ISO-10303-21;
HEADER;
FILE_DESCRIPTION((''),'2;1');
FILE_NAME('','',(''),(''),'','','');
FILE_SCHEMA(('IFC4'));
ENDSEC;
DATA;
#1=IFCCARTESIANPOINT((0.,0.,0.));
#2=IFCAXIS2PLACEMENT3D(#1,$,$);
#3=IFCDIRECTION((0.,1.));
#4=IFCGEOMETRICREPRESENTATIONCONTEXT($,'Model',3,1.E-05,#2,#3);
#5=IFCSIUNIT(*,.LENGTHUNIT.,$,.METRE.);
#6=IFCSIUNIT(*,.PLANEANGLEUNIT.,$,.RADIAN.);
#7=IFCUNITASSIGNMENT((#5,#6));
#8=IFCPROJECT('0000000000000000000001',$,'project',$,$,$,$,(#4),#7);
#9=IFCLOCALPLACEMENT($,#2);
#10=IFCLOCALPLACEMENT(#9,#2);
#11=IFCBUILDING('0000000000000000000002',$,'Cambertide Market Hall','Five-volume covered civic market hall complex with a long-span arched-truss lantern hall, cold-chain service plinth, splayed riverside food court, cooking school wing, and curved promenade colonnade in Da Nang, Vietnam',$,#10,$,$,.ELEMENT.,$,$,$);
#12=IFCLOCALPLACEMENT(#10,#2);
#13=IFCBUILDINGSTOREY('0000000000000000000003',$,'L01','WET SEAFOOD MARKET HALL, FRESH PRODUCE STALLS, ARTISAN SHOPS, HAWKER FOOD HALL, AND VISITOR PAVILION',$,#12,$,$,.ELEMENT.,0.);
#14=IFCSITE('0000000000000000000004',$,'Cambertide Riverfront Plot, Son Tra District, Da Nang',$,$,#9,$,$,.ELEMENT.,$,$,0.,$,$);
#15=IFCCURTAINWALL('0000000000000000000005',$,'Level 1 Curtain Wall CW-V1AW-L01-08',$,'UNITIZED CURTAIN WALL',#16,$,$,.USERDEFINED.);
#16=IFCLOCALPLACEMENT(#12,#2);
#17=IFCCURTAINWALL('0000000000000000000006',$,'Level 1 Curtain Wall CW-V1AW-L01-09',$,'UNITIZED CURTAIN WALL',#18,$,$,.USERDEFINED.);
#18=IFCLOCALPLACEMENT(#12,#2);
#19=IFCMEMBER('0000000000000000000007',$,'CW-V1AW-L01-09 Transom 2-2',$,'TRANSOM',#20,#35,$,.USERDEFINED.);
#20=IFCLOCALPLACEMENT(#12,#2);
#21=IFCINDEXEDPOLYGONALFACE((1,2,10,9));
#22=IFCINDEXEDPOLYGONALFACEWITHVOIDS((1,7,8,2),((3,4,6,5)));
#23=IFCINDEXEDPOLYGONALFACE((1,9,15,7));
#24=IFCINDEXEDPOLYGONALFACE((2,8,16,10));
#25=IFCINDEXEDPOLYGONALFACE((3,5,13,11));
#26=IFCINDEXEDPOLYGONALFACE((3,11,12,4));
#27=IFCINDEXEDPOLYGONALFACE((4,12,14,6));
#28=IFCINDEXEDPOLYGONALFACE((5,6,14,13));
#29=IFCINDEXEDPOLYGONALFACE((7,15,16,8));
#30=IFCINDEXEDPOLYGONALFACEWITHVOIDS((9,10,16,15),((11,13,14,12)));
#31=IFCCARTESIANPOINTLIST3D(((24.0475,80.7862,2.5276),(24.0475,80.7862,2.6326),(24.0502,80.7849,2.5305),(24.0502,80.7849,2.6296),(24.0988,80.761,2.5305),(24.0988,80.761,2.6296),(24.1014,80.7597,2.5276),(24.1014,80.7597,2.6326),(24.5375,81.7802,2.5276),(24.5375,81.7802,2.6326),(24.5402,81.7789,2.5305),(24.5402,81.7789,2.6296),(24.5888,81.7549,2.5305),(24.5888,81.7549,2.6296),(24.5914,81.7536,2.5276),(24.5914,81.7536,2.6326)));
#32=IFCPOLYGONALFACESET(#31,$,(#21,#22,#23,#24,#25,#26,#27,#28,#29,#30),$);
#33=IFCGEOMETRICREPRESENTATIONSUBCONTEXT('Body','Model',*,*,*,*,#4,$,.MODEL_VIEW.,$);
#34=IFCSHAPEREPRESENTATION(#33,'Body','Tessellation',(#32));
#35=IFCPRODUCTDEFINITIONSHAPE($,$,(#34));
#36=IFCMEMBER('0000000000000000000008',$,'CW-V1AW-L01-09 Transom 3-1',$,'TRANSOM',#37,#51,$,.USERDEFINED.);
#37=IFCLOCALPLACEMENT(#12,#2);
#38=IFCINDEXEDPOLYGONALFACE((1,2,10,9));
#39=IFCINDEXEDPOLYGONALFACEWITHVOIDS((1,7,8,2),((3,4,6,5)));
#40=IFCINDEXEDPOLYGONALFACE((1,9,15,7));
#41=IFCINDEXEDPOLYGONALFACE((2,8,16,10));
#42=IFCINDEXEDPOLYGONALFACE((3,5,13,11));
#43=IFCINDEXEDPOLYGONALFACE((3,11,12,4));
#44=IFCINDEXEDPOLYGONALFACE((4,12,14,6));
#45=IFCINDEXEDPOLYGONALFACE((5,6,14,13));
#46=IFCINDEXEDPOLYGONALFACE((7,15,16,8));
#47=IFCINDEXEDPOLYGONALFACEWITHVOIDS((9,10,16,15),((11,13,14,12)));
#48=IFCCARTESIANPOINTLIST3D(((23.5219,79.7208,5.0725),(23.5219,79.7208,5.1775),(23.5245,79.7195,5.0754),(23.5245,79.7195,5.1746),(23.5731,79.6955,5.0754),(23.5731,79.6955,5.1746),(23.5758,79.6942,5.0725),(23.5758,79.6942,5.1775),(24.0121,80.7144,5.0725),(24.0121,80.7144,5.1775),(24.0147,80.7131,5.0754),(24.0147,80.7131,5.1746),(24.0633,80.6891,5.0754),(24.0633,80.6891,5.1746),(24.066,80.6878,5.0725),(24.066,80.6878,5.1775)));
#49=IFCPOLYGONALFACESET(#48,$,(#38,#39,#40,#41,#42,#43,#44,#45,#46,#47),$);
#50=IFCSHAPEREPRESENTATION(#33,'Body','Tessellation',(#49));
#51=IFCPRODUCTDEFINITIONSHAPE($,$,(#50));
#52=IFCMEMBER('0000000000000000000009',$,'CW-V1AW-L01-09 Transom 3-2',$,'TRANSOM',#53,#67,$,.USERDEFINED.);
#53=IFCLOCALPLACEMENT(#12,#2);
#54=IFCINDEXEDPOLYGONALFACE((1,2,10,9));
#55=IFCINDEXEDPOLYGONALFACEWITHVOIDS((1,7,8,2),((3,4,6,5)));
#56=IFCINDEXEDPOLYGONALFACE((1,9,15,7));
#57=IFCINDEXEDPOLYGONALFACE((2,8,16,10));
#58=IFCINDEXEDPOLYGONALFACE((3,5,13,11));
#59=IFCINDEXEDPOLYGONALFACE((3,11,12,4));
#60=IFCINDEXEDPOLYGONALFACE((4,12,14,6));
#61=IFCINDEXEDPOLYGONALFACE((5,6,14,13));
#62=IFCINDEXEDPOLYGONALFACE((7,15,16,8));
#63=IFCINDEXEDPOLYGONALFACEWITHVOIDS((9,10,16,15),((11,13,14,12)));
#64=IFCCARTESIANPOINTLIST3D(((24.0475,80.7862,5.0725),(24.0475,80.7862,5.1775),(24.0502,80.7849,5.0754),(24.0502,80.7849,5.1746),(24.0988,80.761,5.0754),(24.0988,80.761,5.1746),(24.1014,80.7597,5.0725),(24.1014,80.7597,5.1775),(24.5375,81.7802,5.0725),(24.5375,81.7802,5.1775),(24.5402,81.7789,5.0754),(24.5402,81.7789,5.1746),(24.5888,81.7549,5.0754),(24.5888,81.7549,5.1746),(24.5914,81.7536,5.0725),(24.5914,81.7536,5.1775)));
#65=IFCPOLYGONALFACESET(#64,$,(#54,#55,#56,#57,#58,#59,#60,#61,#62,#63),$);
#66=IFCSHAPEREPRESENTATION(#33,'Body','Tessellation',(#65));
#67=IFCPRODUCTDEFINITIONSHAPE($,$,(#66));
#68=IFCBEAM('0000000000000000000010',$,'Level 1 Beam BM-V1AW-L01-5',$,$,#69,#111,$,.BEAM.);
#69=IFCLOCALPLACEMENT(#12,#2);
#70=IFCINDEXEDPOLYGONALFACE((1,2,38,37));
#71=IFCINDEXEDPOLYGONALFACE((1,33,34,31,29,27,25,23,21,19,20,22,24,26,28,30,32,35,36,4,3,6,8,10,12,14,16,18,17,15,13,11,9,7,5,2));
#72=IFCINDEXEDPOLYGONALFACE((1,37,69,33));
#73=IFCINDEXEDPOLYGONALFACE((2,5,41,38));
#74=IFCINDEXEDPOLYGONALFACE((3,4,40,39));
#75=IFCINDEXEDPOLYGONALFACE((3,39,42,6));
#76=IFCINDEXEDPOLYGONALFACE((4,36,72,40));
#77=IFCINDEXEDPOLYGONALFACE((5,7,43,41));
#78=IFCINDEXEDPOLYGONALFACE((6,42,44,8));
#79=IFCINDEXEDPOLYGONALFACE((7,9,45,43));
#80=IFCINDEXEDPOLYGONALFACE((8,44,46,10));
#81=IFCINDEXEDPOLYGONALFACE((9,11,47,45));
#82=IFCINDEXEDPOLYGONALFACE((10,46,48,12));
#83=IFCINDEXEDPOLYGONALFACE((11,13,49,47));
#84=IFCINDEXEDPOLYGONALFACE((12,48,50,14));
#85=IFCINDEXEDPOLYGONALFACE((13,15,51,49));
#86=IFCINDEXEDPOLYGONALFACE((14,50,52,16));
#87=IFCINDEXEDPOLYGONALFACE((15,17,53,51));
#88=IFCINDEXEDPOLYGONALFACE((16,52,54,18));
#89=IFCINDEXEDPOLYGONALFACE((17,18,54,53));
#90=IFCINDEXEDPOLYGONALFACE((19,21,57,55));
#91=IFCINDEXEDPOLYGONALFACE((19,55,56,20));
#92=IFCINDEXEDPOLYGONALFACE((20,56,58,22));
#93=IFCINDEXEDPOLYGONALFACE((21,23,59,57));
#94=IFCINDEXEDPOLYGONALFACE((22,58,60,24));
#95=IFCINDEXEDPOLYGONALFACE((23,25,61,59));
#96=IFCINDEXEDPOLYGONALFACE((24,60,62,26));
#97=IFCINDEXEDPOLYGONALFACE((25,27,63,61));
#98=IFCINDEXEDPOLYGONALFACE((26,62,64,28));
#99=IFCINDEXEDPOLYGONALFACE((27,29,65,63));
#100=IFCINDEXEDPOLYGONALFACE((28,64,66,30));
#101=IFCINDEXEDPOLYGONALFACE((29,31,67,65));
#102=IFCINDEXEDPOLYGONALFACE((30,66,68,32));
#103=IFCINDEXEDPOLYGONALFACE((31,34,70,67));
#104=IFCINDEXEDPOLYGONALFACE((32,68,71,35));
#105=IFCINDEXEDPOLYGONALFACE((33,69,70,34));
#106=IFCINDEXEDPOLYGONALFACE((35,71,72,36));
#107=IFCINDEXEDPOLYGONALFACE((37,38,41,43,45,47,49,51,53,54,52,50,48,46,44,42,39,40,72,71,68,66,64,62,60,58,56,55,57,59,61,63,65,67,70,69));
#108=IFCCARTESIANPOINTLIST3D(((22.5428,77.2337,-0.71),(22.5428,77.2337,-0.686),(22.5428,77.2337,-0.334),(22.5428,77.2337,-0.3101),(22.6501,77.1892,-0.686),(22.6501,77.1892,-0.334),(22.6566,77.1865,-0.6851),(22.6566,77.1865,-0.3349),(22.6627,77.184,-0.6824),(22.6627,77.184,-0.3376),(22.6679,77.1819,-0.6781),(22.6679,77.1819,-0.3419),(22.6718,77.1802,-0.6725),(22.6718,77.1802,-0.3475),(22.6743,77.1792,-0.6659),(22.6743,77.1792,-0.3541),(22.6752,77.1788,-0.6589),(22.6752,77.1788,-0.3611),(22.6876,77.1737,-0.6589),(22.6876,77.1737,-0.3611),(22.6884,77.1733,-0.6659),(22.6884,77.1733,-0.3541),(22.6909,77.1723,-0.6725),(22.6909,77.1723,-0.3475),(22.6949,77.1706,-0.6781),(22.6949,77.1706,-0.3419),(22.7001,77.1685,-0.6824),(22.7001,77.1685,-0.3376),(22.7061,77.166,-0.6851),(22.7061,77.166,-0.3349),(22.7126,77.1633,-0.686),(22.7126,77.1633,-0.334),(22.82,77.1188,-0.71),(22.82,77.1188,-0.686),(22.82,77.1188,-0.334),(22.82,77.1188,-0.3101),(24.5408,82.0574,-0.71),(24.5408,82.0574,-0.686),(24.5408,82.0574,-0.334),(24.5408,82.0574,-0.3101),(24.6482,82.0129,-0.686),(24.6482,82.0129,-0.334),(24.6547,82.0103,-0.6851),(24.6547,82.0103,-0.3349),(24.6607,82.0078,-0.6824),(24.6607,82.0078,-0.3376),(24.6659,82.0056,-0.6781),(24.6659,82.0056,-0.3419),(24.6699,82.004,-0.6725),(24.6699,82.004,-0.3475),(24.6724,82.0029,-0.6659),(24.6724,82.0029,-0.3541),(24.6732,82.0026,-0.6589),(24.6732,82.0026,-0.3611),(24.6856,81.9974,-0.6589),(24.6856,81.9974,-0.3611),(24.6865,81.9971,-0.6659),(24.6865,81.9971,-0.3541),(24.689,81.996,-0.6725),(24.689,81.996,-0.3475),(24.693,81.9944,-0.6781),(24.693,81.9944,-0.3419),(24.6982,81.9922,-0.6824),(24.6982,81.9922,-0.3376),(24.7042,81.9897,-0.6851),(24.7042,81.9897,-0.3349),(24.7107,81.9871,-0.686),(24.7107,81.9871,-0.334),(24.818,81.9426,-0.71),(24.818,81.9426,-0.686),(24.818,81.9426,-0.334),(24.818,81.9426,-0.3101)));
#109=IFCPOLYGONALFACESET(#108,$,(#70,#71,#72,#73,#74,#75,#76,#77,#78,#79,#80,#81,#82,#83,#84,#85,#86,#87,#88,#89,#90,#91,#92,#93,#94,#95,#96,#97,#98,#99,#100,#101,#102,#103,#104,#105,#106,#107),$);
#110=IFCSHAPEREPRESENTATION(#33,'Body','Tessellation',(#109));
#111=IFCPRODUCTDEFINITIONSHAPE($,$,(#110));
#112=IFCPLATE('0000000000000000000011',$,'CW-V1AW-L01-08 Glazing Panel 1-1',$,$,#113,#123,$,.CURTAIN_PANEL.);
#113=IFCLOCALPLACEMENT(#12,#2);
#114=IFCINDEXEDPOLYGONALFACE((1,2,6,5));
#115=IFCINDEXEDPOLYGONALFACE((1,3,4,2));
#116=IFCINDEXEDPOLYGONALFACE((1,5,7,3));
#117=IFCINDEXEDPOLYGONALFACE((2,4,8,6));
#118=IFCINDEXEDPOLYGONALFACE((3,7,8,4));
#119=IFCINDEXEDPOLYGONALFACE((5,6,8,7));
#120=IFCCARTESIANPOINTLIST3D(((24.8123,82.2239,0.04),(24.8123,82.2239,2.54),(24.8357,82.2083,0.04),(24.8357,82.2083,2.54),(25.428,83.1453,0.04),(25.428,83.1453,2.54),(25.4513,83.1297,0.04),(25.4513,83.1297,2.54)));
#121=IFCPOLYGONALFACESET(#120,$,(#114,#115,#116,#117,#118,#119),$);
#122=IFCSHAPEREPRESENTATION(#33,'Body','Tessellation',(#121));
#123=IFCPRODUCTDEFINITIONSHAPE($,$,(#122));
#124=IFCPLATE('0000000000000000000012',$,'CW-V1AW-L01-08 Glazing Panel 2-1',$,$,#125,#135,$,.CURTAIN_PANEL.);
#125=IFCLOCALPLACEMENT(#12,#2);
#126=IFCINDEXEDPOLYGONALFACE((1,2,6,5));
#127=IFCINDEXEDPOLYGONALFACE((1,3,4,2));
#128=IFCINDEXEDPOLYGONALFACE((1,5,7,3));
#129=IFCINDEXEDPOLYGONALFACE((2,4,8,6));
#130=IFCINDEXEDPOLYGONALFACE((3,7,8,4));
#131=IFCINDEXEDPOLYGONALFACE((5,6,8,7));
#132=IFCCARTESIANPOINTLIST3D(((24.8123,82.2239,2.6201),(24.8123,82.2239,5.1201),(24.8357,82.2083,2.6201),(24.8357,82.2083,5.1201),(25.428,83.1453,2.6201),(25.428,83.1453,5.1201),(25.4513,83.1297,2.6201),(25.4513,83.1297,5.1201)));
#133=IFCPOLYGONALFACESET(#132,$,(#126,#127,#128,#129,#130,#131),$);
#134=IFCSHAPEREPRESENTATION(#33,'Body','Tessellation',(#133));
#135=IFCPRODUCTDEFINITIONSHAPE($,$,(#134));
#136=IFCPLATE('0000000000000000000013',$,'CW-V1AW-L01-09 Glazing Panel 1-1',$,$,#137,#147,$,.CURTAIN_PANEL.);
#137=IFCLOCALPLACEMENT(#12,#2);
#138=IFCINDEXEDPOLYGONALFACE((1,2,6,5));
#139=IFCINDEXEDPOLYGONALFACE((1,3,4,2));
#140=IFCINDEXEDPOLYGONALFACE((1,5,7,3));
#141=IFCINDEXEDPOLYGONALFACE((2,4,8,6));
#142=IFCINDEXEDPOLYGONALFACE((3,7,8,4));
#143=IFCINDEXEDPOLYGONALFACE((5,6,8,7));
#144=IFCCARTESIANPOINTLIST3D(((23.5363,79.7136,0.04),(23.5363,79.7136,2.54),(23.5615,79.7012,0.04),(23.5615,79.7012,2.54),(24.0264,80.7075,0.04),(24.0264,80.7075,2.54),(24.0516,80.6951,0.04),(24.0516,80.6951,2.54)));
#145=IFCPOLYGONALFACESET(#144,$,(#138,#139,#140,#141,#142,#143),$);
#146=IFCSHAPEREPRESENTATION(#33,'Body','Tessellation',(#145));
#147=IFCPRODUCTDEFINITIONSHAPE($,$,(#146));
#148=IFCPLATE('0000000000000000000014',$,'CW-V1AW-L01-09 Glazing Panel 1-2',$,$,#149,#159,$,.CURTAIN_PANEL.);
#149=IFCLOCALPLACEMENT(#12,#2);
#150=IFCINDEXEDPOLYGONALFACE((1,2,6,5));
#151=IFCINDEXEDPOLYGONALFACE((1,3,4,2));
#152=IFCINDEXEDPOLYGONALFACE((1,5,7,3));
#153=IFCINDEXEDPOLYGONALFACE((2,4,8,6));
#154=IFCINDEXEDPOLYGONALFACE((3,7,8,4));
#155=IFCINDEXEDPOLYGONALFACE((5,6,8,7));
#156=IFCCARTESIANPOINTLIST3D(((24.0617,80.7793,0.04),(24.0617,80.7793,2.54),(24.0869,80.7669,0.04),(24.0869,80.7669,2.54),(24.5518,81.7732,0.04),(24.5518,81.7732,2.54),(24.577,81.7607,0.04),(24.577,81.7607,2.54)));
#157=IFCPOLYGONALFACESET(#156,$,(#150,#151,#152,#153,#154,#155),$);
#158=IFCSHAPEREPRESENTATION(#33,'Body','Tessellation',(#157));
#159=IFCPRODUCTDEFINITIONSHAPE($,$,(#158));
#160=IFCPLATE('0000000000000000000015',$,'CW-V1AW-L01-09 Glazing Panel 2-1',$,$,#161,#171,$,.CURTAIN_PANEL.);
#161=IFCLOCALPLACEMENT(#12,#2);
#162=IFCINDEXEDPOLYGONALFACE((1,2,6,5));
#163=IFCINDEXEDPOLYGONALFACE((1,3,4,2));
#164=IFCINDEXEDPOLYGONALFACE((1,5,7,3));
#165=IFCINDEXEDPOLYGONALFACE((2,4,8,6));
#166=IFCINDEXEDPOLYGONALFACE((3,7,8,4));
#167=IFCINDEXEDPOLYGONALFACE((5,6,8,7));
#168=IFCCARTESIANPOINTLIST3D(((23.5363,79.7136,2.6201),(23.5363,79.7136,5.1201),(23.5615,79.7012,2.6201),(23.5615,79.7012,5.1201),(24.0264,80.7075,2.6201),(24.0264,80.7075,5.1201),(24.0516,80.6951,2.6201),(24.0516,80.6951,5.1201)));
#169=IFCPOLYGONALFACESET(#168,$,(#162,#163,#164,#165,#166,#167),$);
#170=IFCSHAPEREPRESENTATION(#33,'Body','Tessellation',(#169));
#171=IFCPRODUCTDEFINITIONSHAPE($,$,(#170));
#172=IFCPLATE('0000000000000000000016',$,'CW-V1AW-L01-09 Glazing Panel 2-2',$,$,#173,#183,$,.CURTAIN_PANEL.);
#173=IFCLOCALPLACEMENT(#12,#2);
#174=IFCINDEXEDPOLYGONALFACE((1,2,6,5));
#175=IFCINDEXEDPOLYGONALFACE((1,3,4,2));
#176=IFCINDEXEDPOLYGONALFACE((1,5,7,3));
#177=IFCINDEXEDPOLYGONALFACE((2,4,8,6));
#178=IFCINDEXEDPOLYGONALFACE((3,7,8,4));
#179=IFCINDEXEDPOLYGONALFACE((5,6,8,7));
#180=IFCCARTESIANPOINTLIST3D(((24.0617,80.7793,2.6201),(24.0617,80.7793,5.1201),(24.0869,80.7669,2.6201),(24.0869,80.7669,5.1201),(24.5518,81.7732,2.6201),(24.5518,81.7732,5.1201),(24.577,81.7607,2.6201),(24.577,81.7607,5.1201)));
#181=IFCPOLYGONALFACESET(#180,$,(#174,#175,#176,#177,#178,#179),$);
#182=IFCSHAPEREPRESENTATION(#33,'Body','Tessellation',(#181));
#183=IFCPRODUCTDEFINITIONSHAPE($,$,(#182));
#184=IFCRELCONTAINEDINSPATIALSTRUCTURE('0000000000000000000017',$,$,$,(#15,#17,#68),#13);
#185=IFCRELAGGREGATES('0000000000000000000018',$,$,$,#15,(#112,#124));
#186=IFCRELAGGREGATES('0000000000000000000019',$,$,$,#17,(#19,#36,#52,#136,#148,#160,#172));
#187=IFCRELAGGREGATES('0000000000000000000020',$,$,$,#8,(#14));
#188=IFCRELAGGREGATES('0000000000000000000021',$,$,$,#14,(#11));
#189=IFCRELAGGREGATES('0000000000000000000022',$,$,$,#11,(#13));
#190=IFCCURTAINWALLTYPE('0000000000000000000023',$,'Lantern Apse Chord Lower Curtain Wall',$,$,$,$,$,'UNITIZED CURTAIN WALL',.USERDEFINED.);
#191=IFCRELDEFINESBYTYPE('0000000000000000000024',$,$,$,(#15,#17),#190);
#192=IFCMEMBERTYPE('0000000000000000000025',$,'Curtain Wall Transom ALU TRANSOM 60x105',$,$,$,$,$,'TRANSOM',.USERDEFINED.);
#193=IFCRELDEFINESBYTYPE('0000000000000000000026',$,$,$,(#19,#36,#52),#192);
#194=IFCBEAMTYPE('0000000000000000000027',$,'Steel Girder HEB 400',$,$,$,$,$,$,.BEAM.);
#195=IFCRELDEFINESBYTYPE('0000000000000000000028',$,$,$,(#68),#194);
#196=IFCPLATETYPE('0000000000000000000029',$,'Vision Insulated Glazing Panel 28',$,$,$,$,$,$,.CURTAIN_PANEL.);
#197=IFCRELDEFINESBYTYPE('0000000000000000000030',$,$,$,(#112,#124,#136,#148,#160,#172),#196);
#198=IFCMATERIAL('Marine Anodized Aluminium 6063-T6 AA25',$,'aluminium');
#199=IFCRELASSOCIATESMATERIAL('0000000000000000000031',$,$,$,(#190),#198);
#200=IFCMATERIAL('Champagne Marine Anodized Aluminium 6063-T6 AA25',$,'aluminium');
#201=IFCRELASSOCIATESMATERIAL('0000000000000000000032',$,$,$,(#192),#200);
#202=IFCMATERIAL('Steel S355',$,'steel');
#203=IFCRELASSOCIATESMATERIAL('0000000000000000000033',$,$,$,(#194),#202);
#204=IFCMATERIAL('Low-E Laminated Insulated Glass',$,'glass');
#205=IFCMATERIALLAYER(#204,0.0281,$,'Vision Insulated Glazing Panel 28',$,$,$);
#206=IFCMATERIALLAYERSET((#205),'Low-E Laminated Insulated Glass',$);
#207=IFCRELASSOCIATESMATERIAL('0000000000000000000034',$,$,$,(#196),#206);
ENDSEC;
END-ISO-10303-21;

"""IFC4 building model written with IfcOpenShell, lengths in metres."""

from ifc_helpers import new_model, si_unit, direction, frame, origin, origin_2d, place, context, subcontext, project, spatial, rectangle, hollow_rectangle, i_section, extrude, material, layer, layer_set, material_profile, profile_set, type_object, element, aggregate, save


model = new_model("IFC4")

# Units and contexts
model_context = context("Model", 3, precision=1e-05, world=origin(), true_north=direction((0.0, 1.0)))
body_context = subcontext(model_context, "Body", "Model", "MODEL_VIEW")
ifc_project = project(units=[si_unit("LENGTHUNIT", "METRE"), si_unit("PLANEANGLEUNIT", "RADIAN")], contexts=[model_context])

# Site, building, storey
site_placement = place(None, origin())
site = spatial("IfcSite", under=ifc_project, at=site_placement, Name="Cambertide Riverfront Plot, Son Tra District, Da Nang", CompositionType="ELEMENT", RefElevation=0.0)
building_placement = place(site_placement, origin())
building = spatial("IfcBuilding", under=site, at=building_placement, Name="Cambertide Market Hall", Description="Five-volume covered civic market hall complex with a long-span arched-truss lantern hall, cold-chain service plinth, splayed riverside food court, cooking school wing, and curved promenade colonnade in Da Nang, Vietnam", CompositionType="ELEMENT")
storey_placement = place(building_placement, origin())
storey = spatial("IfcBuildingStorey", under=building, at=storey_placement, Name="L01", Description="WET SEAFOOD MARKET HALL, FRESH PRODUCE STALLS, ARTISAN SHOPS, HAWKER FOOD HALL, AND VISITOR PAVILION", CompositionType="ELEMENT", Elevation=0.0)

# Curtain walls
ifc_material_1 = material(Name="Marine Anodized Aluminium 6063-T6 AA25", Category="aluminium")
curtain_wall_type = type_object("IfcCurtainWallType", Name="Lantern Apse Chord Lower Curtain Wall", ElementType="UNITIZED CURTAIN WALL", PredefinedType="USERDEFINED", material=ifc_material_1)
curtain_wall_1_placement = place(storey_placement, origin())
curtain_wall_1 = element("IfcCurtainWall", 1, at=curtain_wall_1_placement, inside=storey, type_object=curtain_wall_type, Name="Level 1 Curtain Wall CW-V1AW-L01-08", ObjectType="UNITIZED CURTAIN WALL", PredefinedType="USERDEFINED")
curtain_wall_2_placement = place(storey_placement, origin())
curtain_wall_2 = element("IfcCurtainWall", 2, at=curtain_wall_2_placement, inside=storey, type_object=curtain_wall_type, Name="Level 1 Curtain Wall CW-V1AW-L01-09", ObjectType="UNITIZED CURTAIN WALL", PredefinedType="USERDEFINED")

# Members
ifc_material_2 = material(Name="Champagne Marine Anodized Aluminium 6063-T6 AA25", Category="aluminium")
ifc_material_profile_1 = material_profile(ifc_material_2, hollow_rectangle(XDim=0.0601, YDim=0.105, WallThickness=0.0029, at=origin_2d()), Name="ALU TRANSOM 60x105")
ifc_profile_set_1 = profile_set([ifc_material_profile_1], Name="Champagne Marine Anodized Aluminium 6063-T6 AA25")
member_type_1 = type_object("IfcMemberType", Name="Curtain Wall Transom ALU TRANSOM 60x105", ElementType="TRANSOM", PredefinedType="USERDEFINED", material=ifc_profile_set_1)
member_1_placement = place(storey_placement, frame((24.0745, 80.7729, 2.5801), z_axis=(0.442183, 0.896925, 0.0), x_axis=(-0.896925, 0.442183, 0.0)))
member_1 = element("IfcMember", 3, at=member_1_placement, type_object=member_type_1, Name="CW-V1AW-L01-09 Transom 2-2", ObjectType="TRANSOM", PredefinedType="USERDEFINED", context=body_context, shape_type="SweptSolid", body=[
    extrude(hollow_rectangle(XDim=0.0601, YDim=0.105, WallThickness=0.0029, at=origin_2d()), origin(), (0.0, 0.0, 1.0), 1.1082),
])
member_2_placement = place(storey_placement, frame((23.5488, 79.7075, 5.125), z_axis=(0.442448, 0.896794, 0.0), x_axis=(-0.896794, 0.442448, 0.0)))
member_2 = element("IfcMember", 4, at=member_2_placement, type_object=member_type_1, Name="CW-V1AW-L01-09 Transom 3-1", ObjectType="TRANSOM", PredefinedType="USERDEFINED", context=body_context, shape_type="SweptSolid", body=[
    extrude(hollow_rectangle(XDim=0.0601, YDim=0.105, WallThickness=0.0029, at=origin_2d()), origin(), (0.0, 0.0, 1.0), 1.1079),
])
member_3_placement = place(storey_placement, frame((24.0745, 80.7729, 5.125), z_axis=(0.442183, 0.896925, 0.0), x_axis=(-0.896925, 0.442183, 0.0)))
member_3 = element("IfcMember", 5, at=member_3_placement, type_object=member_type_1, Name="CW-V1AW-L01-09 Transom 3-2", ObjectType="TRANSOM", PredefinedType="USERDEFINED", context=body_context, shape_type="SweptSolid", body=[
    extrude(hollow_rectangle(XDim=0.0601, YDim=0.105, WallThickness=0.0029, at=origin_2d()), origin(), (0.0, 0.0, 1.0), 1.1082),
])

# Beam
ifc_material_3 = material(Name="Steel S355", Category="steel")
ifc_material_profile_2 = material_profile(ifc_material_3, i_section(OverallWidth=0.3, OverallDepth=0.3999, WebThickness=0.0134, FlangeThickness=0.0239, FilletRadius=0.0271, at=origin_2d()), Name="HEB 400")
ifc_profile_set_2 = profile_set([ifc_material_profile_2], Name="Steel S355")
beam_type = type_object("IfcBeamType", Name="Steel Girder HEB 400", PredefinedType="BEAM", material=ifc_profile_set_2)
beam_placement = place(storey_placement, frame((24.6794, 82.0, -0.51), z_axis=(-0.382682, -0.92388, 0.0), x_axis=(0.92388, -0.382682, 0.0)))
element("IfcBeam", 6, at=beam_placement, inside=storey, type_object=beam_type, Name="Level 1 Beam BM-V1AW-L01-5", PredefinedType="BEAM", context=body_context, shape_type="SweptSolid", body=[
    extrude(i_section(OverallWidth=0.3, OverallDepth=0.3999, WebThickness=0.0134, FlangeThickness=0.0239, FilletRadius=0.0271, at=origin_2d()), origin(), (0.0, 0.0, 1.0), 5.2212),
])

# Plates
ifc_material_4 = material(Name="Low-E Laminated Insulated Glass", Category="glass")
ifc_layer_1 = layer(ifc_material_4, 0.0281, Name="Vision Insulated Glazing Panel 28")
ifc_layer_set_1 = layer_set([ifc_layer_1], Name="Low-E Laminated Insulated Glass")
plate_type = type_object("IfcPlateType", Name="Vision Insulated Glazing Panel 28", PredefinedType="CURTAIN_PANEL", material=ifc_layer_set_1)
plate_1_placement = place(storey_placement, frame((25.1318, 82.6768, 0.04), z_axis=(0.0, 0.0, 1.0), x_axis=(0.55557, 0.83147, 0.0)))
plate_1 = element("IfcPlate", 7, at=plate_1_placement, type_object=plate_type, Name="CW-V1AW-L01-08 Glazing Panel 1-1", PredefinedType="CURTAIN_PANEL", context=body_context, shape_type="SweptSolid", body=[
    extrude(rectangle(XDim=1.1082, YDim=0.0281, at=origin_2d()), origin(), (0.0, 0.0, 1.0), 2.5),
])
plate_2_placement = place(storey_placement, frame((25.1318, 82.6768, 2.6201), z_axis=(0.0, 0.0, 1.0), x_axis=(0.55557, 0.83147, 0.0)))
plate_2 = element("IfcPlate", 8, at=plate_2_placement, type_object=plate_type, Name="CW-V1AW-L01-08 Glazing Panel 2-1", PredefinedType="CURTAIN_PANEL", context=body_context, shape_type="SweptSolid", body=[
    extrude(rectangle(XDim=1.1082, YDim=0.0281, at=origin_2d()), origin(), (0.0, 0.0, 1.0), 2.5),
])
aggregate(curtain_wall_1, [plate_1, plate_2])
plate_3_placement = place(storey_placement, frame((23.7939, 80.2043, 0.04), z_axis=(0.0, 0.0, 1.0), x_axis=(0.442289, 0.896873, 0.0)))
plate_3 = element("IfcPlate", 9, at=plate_3_placement, type_object=plate_type, Name="CW-V1AW-L01-09 Glazing Panel 1-1", PredefinedType="CURTAIN_PANEL", context=body_context, shape_type="SweptSolid", body=[
    extrude(rectangle(XDim=1.1082, YDim=0.0281, at=origin_2d()), origin(), (0.0, 0.0, 1.0), 2.5),
])
plate_4_placement = place(storey_placement, frame((24.3193, 81.27, 0.04), z_axis=(0.0, 0.0, 1.0), x_axis=(0.442289, 0.896873, 0.0)))
plate_4 = element("IfcPlate", 10, at=plate_4_placement, type_object=plate_type, Name="CW-V1AW-L01-09 Glazing Panel 1-2", PredefinedType="CURTAIN_PANEL", context=body_context, shape_type="SweptSolid", body=[
    extrude(rectangle(XDim=1.1082, YDim=0.0281, at=origin_2d()), origin(), (0.0, 0.0, 1.0), 2.5),
])
plate_5_placement = place(storey_placement, frame((23.7939, 80.2043, 2.6201), z_axis=(0.0, 0.0, 1.0), x_axis=(0.442289, 0.896873, 0.0)))
plate_5 = element("IfcPlate", 11, at=plate_5_placement, type_object=plate_type, Name="CW-V1AW-L01-09 Glazing Panel 2-1", PredefinedType="CURTAIN_PANEL", context=body_context, shape_type="SweptSolid", body=[
    extrude(rectangle(XDim=1.1082, YDim=0.0281, at=origin_2d()), origin(), (0.0, 0.0, 1.0), 2.5),
])
plate_6_placement = place(storey_placement, frame((24.3193, 81.27, 2.6201), z_axis=(0.0, 0.0, 1.0), x_axis=(0.442289, 0.896873, 0.0)))
plate_6 = element("IfcPlate", 12, at=plate_6_placement, type_object=plate_type, Name="CW-V1AW-L01-09 Glazing Panel 2-2", PredefinedType="CURTAIN_PANEL", context=body_context, shape_type="SweptSolid", body=[
    extrude(rectangle(XDim=1.1082, YDim=0.0281, at=origin_2d()), origin(), (0.0, 0.0, 1.0), 2.5),
])
aggregate(curtain_wall_2, [member_1, member_2, member_3, plate_3, plate_4, plate_5, plate_6])

save(model, "model.ifc")
